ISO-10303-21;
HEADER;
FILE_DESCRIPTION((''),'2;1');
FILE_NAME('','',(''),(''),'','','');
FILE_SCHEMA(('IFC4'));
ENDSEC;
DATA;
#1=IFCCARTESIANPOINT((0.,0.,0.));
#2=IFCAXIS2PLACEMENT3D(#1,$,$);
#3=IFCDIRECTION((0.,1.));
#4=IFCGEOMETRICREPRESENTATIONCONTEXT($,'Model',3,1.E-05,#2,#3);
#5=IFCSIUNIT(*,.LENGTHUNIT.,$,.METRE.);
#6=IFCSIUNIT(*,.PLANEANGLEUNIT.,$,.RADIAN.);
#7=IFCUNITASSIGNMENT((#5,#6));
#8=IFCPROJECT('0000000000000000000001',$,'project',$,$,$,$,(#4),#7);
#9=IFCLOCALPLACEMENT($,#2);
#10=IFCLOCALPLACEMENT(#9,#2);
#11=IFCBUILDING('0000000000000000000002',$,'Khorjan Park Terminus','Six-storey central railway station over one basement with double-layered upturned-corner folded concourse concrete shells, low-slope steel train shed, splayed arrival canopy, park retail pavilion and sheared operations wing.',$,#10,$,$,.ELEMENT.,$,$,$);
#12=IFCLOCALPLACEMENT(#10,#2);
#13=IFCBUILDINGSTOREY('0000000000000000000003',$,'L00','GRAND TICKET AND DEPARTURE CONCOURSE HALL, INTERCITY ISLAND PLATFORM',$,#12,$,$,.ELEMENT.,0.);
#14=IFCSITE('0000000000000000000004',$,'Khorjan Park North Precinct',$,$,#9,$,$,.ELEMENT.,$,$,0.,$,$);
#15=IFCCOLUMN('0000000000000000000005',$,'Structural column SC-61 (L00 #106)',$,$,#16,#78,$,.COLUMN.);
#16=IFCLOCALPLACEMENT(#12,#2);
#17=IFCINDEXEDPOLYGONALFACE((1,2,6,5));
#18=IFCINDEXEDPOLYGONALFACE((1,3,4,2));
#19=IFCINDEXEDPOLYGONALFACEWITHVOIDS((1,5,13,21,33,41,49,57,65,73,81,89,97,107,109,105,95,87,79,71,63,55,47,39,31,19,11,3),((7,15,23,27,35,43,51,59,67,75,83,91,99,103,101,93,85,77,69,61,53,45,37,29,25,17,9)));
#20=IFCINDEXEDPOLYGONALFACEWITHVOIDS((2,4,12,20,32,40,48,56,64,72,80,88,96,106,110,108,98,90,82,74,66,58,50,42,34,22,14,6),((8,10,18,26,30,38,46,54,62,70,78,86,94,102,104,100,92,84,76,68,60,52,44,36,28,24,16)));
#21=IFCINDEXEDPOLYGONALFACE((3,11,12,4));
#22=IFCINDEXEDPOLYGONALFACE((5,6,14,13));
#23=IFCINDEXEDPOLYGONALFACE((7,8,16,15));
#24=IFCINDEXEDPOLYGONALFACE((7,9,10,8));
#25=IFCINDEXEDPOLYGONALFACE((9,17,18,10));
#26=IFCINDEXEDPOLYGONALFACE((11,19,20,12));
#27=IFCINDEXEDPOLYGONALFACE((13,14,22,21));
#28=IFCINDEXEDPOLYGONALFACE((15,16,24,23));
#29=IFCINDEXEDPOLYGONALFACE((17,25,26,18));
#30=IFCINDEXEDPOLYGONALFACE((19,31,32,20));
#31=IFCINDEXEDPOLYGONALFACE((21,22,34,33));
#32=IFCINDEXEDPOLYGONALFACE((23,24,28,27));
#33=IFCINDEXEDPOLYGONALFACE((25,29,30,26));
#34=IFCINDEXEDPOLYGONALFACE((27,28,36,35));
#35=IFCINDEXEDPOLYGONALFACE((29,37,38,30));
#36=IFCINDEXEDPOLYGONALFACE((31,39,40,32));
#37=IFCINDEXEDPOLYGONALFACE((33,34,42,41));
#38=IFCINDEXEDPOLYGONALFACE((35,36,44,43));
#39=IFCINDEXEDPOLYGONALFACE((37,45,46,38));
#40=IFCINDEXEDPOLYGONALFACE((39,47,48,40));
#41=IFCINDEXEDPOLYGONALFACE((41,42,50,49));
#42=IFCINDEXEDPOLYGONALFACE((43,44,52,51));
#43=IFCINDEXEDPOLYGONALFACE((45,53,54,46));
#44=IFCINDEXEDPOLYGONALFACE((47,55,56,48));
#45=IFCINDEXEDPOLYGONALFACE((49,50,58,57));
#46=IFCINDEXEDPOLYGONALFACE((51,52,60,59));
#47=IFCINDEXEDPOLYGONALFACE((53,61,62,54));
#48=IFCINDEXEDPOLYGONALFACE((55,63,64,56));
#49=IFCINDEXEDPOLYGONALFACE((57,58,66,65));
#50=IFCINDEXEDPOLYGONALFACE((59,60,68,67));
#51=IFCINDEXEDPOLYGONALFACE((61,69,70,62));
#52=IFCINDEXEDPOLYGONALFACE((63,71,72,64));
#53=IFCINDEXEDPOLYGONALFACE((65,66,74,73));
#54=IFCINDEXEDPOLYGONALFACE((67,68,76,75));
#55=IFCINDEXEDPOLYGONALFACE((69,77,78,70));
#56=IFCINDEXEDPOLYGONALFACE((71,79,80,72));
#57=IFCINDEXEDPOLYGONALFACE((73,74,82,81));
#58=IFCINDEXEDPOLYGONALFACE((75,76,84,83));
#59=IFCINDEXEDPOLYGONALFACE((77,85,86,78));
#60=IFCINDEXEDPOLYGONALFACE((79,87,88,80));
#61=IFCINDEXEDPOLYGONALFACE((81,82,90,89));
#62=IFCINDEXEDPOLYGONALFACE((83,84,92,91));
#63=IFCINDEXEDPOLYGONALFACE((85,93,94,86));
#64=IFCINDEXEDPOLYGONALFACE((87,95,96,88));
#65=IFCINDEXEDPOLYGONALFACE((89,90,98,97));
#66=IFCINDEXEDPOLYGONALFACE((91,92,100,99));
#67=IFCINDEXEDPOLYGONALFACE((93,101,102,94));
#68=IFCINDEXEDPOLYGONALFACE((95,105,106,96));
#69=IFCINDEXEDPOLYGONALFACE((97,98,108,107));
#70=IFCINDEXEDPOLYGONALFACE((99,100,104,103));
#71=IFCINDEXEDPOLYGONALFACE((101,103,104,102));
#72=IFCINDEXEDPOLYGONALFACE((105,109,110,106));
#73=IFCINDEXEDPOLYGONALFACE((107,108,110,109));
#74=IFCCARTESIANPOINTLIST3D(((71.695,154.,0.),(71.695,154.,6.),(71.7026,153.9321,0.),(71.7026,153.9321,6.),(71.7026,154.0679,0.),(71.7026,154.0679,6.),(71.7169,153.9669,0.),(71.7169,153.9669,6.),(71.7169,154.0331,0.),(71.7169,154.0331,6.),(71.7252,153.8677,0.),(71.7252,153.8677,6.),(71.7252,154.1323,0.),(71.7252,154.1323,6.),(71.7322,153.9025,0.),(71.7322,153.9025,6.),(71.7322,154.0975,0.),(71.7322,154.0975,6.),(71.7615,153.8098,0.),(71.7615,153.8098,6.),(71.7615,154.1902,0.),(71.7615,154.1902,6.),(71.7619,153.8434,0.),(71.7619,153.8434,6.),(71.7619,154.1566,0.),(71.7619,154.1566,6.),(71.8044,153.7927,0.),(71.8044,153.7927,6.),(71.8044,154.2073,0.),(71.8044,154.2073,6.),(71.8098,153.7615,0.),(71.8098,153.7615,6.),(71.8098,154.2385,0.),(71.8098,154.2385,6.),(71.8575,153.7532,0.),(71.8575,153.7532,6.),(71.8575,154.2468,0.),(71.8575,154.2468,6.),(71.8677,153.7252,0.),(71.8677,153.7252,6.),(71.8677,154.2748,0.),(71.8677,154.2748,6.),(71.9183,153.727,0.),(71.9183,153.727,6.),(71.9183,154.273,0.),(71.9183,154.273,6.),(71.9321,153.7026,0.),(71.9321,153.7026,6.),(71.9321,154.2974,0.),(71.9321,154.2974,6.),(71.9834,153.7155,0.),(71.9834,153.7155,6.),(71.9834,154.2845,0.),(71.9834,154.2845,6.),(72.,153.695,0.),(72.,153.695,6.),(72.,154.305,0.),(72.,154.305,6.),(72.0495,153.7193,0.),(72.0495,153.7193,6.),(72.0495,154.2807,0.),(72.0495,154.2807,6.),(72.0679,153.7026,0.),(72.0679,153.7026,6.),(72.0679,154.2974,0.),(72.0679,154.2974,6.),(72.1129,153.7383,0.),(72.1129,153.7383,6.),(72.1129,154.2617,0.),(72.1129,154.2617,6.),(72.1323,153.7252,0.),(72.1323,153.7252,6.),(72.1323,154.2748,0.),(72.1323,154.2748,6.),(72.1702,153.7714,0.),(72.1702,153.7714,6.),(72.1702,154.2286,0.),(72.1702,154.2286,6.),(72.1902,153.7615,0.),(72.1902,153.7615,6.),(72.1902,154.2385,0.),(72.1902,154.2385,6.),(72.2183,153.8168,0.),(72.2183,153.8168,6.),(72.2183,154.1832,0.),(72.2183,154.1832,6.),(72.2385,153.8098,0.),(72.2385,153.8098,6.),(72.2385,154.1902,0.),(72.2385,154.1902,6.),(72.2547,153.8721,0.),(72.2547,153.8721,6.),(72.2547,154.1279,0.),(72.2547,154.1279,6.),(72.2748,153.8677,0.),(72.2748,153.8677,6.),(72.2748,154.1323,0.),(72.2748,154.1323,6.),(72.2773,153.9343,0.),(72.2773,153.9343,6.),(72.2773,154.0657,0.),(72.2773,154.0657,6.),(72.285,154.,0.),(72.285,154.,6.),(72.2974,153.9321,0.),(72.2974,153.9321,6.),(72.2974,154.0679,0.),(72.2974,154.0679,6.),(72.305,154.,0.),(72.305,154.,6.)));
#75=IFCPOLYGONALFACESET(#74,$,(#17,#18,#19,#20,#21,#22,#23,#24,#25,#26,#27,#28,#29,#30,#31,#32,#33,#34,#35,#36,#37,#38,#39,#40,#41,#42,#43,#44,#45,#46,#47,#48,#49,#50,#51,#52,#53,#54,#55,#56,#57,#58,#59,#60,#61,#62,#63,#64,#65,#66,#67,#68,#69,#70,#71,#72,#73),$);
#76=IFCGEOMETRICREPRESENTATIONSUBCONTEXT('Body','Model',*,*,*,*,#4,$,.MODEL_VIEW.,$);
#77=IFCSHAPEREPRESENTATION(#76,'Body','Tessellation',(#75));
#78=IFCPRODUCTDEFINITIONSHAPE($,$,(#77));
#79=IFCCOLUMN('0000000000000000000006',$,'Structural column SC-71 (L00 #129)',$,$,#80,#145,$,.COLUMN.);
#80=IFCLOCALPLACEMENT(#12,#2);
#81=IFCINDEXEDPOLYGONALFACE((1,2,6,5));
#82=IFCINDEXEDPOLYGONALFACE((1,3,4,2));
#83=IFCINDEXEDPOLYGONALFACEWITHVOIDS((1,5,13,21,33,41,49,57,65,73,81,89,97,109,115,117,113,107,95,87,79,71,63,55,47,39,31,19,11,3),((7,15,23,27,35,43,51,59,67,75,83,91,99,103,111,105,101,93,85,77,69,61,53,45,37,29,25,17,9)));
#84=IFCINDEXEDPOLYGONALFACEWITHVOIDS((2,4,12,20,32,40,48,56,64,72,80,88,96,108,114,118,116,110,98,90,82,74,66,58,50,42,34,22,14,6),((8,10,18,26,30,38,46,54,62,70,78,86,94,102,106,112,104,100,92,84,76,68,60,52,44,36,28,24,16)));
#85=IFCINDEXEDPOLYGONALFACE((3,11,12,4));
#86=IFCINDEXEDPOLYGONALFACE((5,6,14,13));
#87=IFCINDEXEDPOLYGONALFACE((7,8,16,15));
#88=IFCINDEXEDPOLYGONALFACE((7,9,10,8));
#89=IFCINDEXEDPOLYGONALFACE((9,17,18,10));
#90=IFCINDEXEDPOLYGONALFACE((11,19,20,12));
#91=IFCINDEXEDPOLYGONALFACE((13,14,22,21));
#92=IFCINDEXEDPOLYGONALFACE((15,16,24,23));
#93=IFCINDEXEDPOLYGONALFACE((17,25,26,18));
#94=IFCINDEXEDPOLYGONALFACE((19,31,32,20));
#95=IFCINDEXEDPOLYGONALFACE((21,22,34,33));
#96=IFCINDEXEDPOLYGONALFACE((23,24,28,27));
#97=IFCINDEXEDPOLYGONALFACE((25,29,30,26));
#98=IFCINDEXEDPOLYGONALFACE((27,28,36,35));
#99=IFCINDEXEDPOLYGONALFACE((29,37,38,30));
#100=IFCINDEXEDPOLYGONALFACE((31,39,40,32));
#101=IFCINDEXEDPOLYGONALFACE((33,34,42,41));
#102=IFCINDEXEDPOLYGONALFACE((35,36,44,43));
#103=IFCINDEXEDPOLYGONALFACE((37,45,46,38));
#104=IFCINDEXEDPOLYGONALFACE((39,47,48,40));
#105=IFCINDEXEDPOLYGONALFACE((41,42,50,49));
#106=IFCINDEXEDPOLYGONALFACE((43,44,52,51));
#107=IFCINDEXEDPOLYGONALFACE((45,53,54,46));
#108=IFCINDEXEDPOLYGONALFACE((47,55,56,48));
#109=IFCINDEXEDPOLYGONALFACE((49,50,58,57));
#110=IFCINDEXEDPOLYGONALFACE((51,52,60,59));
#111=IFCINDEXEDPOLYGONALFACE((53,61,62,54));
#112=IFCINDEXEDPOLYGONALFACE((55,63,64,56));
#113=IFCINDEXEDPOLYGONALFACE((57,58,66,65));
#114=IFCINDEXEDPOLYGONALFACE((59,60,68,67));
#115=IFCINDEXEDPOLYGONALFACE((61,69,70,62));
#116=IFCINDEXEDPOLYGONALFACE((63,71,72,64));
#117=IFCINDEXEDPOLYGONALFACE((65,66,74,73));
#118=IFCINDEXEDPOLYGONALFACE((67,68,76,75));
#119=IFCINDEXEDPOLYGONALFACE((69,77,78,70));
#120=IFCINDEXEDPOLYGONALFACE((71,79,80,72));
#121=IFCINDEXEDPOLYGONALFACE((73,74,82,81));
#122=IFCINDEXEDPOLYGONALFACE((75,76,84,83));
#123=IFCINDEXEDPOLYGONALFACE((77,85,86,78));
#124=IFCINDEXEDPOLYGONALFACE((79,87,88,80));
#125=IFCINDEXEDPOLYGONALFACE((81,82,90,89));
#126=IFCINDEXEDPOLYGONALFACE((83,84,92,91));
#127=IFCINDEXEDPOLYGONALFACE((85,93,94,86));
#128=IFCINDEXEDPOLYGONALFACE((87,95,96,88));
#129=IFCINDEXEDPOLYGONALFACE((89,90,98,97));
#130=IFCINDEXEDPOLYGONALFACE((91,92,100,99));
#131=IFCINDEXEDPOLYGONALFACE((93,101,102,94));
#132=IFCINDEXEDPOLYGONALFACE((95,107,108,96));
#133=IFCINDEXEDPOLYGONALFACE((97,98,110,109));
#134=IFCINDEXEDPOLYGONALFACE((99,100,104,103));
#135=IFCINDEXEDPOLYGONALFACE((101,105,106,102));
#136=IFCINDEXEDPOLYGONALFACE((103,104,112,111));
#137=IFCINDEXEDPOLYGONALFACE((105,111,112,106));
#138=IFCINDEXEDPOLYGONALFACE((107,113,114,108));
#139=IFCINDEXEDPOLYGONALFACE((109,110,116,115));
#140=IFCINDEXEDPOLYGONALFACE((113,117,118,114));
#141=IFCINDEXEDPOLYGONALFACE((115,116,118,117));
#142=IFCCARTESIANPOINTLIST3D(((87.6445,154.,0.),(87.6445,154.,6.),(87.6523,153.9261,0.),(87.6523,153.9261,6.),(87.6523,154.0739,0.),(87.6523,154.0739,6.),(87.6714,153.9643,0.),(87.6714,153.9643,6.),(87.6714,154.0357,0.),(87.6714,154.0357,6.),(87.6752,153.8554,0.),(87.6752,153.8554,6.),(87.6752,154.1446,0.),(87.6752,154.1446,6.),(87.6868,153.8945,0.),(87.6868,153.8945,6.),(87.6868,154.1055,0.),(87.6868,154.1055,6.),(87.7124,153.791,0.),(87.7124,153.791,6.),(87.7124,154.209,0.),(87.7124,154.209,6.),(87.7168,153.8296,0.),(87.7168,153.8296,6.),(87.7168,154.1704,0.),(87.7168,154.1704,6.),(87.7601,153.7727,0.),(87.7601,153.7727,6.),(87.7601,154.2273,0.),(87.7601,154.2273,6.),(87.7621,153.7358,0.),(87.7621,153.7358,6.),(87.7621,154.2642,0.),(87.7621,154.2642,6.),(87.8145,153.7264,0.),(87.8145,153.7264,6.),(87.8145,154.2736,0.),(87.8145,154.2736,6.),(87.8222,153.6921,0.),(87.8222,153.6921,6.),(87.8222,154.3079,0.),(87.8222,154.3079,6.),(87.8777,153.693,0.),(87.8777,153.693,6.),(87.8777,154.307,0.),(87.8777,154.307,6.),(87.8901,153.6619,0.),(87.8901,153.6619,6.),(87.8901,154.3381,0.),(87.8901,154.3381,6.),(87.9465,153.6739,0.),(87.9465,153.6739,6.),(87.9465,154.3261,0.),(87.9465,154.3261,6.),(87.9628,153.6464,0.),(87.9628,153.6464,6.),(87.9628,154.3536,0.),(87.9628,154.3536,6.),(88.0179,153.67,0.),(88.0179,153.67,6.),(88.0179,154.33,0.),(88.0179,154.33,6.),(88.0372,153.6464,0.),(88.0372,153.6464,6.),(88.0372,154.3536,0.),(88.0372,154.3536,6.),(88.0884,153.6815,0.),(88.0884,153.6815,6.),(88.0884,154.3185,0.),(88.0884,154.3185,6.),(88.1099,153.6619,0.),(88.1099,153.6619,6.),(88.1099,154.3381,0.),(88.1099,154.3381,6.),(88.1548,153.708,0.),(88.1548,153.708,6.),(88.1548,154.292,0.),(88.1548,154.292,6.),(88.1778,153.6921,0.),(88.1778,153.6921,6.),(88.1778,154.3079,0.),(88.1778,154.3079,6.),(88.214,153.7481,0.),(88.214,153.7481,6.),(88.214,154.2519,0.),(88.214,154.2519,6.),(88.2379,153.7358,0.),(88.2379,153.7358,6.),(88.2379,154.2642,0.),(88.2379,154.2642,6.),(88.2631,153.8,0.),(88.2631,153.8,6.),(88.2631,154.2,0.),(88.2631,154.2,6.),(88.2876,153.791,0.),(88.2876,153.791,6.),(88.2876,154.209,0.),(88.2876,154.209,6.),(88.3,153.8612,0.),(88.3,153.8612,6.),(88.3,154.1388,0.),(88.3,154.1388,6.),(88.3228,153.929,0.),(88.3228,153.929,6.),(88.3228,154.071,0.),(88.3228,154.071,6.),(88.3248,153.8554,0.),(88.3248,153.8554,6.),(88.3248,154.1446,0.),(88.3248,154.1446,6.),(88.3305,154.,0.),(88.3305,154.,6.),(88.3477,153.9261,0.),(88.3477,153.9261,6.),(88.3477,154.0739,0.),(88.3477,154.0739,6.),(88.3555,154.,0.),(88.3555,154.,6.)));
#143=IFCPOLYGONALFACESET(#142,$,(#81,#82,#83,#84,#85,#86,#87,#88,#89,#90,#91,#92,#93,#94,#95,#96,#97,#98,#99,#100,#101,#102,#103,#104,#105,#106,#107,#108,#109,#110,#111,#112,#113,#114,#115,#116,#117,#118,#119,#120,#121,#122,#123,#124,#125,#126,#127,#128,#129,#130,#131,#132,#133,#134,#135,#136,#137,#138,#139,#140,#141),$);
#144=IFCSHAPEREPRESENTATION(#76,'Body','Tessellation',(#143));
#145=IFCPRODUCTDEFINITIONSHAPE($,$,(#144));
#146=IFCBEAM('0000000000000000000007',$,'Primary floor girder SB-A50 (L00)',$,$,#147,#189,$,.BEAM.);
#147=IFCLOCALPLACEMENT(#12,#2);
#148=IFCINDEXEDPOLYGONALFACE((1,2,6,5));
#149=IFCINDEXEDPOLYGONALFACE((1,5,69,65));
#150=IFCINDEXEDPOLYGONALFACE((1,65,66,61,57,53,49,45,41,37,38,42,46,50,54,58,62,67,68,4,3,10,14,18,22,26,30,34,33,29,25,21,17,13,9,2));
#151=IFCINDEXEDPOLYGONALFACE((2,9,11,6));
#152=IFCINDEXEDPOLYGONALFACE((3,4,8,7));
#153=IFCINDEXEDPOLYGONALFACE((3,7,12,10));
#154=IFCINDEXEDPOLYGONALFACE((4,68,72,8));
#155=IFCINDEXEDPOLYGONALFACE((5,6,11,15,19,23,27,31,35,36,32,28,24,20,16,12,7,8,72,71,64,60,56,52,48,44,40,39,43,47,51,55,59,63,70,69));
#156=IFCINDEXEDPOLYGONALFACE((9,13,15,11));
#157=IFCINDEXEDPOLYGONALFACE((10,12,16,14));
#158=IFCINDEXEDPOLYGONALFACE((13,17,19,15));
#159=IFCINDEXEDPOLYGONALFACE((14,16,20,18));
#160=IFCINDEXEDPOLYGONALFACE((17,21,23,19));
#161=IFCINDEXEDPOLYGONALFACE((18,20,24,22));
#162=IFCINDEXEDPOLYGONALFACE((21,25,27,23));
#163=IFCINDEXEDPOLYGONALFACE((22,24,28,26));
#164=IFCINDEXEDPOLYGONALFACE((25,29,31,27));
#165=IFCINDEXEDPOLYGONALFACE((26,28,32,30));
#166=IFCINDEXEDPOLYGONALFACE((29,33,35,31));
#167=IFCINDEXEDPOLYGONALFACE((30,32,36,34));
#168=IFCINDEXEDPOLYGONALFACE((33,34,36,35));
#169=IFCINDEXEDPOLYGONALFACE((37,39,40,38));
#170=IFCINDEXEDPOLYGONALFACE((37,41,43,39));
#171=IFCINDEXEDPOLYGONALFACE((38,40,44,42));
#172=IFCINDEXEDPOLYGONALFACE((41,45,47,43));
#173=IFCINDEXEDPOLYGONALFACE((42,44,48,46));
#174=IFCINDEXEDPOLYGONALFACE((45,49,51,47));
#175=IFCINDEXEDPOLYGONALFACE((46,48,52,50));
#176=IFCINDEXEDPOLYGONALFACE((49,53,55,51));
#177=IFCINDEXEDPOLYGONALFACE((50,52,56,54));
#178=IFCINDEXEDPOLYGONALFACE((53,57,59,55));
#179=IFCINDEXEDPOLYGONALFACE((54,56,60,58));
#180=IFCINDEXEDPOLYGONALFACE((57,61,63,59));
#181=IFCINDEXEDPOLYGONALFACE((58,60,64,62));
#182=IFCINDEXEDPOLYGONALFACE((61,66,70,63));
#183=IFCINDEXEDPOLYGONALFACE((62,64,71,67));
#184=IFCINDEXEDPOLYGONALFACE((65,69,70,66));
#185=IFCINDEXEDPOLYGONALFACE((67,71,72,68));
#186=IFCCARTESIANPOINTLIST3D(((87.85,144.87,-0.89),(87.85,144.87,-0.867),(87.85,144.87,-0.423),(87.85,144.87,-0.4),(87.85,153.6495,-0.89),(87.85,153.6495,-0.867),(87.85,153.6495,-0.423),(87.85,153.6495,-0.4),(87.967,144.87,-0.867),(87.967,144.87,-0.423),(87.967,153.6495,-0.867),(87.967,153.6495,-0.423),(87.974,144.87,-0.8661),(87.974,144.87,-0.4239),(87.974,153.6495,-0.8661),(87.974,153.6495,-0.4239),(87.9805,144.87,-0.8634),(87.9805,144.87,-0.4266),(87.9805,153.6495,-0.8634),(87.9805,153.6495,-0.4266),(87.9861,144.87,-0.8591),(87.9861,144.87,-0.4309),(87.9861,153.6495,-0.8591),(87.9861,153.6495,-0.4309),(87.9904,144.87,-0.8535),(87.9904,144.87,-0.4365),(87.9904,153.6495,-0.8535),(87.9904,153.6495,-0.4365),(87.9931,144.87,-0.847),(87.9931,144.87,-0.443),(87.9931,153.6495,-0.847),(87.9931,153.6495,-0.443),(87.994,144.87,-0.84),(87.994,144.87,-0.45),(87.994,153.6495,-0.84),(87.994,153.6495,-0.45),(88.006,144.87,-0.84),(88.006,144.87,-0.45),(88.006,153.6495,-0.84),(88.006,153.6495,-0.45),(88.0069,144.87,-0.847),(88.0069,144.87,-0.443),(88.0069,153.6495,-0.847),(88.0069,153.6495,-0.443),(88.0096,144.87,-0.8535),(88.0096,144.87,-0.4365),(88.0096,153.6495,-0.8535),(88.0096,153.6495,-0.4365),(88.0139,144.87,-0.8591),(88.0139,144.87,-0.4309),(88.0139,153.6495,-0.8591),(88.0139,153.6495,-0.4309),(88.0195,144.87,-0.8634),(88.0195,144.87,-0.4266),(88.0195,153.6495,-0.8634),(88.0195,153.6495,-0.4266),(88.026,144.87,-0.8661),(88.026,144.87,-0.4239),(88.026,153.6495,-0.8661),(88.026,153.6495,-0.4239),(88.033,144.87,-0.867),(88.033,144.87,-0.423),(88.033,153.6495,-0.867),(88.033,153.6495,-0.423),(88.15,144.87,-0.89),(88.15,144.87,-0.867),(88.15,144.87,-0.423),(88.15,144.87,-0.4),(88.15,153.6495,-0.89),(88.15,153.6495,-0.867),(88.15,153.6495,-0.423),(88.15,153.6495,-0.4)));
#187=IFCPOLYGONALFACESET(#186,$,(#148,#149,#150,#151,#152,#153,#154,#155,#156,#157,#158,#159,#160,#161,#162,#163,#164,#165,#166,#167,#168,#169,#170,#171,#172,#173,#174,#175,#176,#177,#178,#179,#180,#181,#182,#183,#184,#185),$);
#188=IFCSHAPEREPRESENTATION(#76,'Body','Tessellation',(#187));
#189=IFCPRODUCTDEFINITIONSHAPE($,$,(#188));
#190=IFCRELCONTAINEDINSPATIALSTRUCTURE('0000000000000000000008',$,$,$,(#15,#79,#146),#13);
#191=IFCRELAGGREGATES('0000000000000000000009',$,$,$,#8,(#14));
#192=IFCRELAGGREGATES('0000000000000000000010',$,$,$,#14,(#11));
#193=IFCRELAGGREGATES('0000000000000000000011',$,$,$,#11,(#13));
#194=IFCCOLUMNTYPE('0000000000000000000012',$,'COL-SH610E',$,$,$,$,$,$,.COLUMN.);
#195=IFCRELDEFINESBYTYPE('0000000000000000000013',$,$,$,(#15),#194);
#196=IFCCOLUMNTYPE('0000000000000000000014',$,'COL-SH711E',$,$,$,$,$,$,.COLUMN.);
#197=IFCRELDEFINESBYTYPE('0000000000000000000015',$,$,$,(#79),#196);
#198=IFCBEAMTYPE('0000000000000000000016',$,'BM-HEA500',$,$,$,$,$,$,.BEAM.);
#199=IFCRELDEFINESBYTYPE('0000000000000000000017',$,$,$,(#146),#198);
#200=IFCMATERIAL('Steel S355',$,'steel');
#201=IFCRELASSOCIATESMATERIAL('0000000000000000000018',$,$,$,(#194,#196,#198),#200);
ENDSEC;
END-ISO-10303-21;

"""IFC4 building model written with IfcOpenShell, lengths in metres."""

from ifc_helpers import new_model, si_unit, direction, frame, origin, origin_2d, place, context, subcontext, project, spatial, hollow_circle, i_section, extrude, material, material_profile, profile_set, type_object, element, save


model = new_model("IFC4")

# Units and contexts
model_context = context("Model", 3, precision=1e-05, world=origin(), true_north=direction((0.0, 1.0)))
body_context = subcontext(model_context, "Body", "Model", "MODEL_VIEW")
ifc_project = project(units=[si_unit("LENGTHUNIT", "METRE"), si_unit("PLANEANGLEUNIT", "RADIAN")], contexts=[model_context])

# Site, building, storey
site_placement = place(None, origin())
site = spatial("IfcSite", under=ifc_project, at=site_placement, Name="Khorjan Park North Precinct", CompositionType="ELEMENT", RefElevation=0.0)
building_placement = place(site_placement, origin())
building = spatial("IfcBuilding", under=site, at=building_placement, Name="Khorjan Park Terminus", Description="Six-storey central railway station over one basement with double-layered upturned-corner folded concourse concrete shells, low-slope steel train shed, splayed arrival canopy, park retail pavilion and sheared operations wing.", CompositionType="ELEMENT")
storey_placement = place(building_placement, origin())
storey = spatial("IfcBuildingStorey", under=building, at=storey_placement, Name="L00", Description="GRAND TICKET AND DEPARTURE CONCOURSE HALL, INTERCITY ISLAND PLATFORM", CompositionType="ELEMENT", Elevation=0.0)

# Columns
ifc_material_1 = material(Name="Steel S355", Category="steel")
ifc_material_profile_1 = material_profile(ifc_material_1, hollow_circle(Radius=0.305, WallThickness=0.02, at=origin_2d()), Name="CHS 610x20")
ifc_profile_set_1 = profile_set([ifc_material_profile_1], Name="Steel S355")
column_type_1 = type_object("IfcColumnType", Name="COL-SH610E", PredefinedType="COLUMN", material=ifc_profile_set_1)
column_1_placement = place(storey_placement, frame((72.0, 154.0, 0.0), z_axis=(0.0, 0.0, 1.0), x_axis=(1.0, 0.0, 0.0)))
element("IfcColumn", 1, at=column_1_placement, inside=storey, type_object=column_type_1, Name="Structural column SC-61 (L00 #106)", PredefinedType="COLUMN", context=body_context, shape_type="SweptSolid", body=[
    extrude(hollow_circle(Radius=0.305, WallThickness=0.02, at=origin_2d()), origin(), (0.0, 0.0, 1.0), 6.0),
])
ifc_material_profile_2 = material_profile(ifc_material_1, hollow_circle(Radius=0.3555, WallThickness=0.025, at=origin_2d()), Name="CHS 711x25")
ifc_profile_set_2 = profile_set([ifc_material_profile_2], Name="Steel S355")
column_type_2 = type_object("IfcColumnType", Name="COL-SH711E", PredefinedType="COLUMN", material=ifc_profile_set_2)
column_2_placement = place(storey_placement, frame((88.0, 154.0, 0.0), z_axis=(0.0, 0.0, 1.0), x_axis=(1.0, 0.0, 0.0)))
element("IfcColumn", 2, at=column_2_placement, inside=storey, type_object=column_type_2, Name="Structural column SC-71 (L00 #129)", PredefinedType="COLUMN", context=body_context, shape_type="SweptSolid", body=[
    extrude(hollow_circle(Radius=0.3555, WallThickness=0.025, at=origin_2d()), origin(), (0.0, 0.0, 1.0), 6.0),
])

# Beam
ifc_material_profile_3 = material_profile(ifc_material_1, i_section(OverallWidth=0.3, OverallDepth=0.49, WebThickness=0.012, FlangeThickness=0.023, FilletRadius=0.027, at=origin_2d()), Name="HEA 500")
ifc_profile_set_3 = profile_set([ifc_material_profile_3], Name="Steel S355")
beam_type_1 = type_object("IfcBeamType", Name="BM-HEA500", PredefinedType="BEAM", material=ifc_profile_set_3)
beam_1_placement = place(storey_placement, frame((88.0, 144.87, -0.645), z_axis=(0.0, 1.0, 0.0), x_axis=(-1.0, 0.0, 0.0)))
element("IfcBeam", 3, at=beam_1_placement, inside=storey, type_object=beam_type_1, Name="Primary floor girder SB-A50 (L00)", PredefinedType="BEAM", context=body_context, shape_type="SweptSolid", body=[
    extrude(i_section(OverallWidth=0.3, OverallDepth=0.49, WebThickness=0.012, FlangeThickness=0.023, FilletRadius=0.027, at=origin_2d()), origin(), (0.0, 0.0, 1.0), 8.7795),
])

save(model, "model.ifc")
